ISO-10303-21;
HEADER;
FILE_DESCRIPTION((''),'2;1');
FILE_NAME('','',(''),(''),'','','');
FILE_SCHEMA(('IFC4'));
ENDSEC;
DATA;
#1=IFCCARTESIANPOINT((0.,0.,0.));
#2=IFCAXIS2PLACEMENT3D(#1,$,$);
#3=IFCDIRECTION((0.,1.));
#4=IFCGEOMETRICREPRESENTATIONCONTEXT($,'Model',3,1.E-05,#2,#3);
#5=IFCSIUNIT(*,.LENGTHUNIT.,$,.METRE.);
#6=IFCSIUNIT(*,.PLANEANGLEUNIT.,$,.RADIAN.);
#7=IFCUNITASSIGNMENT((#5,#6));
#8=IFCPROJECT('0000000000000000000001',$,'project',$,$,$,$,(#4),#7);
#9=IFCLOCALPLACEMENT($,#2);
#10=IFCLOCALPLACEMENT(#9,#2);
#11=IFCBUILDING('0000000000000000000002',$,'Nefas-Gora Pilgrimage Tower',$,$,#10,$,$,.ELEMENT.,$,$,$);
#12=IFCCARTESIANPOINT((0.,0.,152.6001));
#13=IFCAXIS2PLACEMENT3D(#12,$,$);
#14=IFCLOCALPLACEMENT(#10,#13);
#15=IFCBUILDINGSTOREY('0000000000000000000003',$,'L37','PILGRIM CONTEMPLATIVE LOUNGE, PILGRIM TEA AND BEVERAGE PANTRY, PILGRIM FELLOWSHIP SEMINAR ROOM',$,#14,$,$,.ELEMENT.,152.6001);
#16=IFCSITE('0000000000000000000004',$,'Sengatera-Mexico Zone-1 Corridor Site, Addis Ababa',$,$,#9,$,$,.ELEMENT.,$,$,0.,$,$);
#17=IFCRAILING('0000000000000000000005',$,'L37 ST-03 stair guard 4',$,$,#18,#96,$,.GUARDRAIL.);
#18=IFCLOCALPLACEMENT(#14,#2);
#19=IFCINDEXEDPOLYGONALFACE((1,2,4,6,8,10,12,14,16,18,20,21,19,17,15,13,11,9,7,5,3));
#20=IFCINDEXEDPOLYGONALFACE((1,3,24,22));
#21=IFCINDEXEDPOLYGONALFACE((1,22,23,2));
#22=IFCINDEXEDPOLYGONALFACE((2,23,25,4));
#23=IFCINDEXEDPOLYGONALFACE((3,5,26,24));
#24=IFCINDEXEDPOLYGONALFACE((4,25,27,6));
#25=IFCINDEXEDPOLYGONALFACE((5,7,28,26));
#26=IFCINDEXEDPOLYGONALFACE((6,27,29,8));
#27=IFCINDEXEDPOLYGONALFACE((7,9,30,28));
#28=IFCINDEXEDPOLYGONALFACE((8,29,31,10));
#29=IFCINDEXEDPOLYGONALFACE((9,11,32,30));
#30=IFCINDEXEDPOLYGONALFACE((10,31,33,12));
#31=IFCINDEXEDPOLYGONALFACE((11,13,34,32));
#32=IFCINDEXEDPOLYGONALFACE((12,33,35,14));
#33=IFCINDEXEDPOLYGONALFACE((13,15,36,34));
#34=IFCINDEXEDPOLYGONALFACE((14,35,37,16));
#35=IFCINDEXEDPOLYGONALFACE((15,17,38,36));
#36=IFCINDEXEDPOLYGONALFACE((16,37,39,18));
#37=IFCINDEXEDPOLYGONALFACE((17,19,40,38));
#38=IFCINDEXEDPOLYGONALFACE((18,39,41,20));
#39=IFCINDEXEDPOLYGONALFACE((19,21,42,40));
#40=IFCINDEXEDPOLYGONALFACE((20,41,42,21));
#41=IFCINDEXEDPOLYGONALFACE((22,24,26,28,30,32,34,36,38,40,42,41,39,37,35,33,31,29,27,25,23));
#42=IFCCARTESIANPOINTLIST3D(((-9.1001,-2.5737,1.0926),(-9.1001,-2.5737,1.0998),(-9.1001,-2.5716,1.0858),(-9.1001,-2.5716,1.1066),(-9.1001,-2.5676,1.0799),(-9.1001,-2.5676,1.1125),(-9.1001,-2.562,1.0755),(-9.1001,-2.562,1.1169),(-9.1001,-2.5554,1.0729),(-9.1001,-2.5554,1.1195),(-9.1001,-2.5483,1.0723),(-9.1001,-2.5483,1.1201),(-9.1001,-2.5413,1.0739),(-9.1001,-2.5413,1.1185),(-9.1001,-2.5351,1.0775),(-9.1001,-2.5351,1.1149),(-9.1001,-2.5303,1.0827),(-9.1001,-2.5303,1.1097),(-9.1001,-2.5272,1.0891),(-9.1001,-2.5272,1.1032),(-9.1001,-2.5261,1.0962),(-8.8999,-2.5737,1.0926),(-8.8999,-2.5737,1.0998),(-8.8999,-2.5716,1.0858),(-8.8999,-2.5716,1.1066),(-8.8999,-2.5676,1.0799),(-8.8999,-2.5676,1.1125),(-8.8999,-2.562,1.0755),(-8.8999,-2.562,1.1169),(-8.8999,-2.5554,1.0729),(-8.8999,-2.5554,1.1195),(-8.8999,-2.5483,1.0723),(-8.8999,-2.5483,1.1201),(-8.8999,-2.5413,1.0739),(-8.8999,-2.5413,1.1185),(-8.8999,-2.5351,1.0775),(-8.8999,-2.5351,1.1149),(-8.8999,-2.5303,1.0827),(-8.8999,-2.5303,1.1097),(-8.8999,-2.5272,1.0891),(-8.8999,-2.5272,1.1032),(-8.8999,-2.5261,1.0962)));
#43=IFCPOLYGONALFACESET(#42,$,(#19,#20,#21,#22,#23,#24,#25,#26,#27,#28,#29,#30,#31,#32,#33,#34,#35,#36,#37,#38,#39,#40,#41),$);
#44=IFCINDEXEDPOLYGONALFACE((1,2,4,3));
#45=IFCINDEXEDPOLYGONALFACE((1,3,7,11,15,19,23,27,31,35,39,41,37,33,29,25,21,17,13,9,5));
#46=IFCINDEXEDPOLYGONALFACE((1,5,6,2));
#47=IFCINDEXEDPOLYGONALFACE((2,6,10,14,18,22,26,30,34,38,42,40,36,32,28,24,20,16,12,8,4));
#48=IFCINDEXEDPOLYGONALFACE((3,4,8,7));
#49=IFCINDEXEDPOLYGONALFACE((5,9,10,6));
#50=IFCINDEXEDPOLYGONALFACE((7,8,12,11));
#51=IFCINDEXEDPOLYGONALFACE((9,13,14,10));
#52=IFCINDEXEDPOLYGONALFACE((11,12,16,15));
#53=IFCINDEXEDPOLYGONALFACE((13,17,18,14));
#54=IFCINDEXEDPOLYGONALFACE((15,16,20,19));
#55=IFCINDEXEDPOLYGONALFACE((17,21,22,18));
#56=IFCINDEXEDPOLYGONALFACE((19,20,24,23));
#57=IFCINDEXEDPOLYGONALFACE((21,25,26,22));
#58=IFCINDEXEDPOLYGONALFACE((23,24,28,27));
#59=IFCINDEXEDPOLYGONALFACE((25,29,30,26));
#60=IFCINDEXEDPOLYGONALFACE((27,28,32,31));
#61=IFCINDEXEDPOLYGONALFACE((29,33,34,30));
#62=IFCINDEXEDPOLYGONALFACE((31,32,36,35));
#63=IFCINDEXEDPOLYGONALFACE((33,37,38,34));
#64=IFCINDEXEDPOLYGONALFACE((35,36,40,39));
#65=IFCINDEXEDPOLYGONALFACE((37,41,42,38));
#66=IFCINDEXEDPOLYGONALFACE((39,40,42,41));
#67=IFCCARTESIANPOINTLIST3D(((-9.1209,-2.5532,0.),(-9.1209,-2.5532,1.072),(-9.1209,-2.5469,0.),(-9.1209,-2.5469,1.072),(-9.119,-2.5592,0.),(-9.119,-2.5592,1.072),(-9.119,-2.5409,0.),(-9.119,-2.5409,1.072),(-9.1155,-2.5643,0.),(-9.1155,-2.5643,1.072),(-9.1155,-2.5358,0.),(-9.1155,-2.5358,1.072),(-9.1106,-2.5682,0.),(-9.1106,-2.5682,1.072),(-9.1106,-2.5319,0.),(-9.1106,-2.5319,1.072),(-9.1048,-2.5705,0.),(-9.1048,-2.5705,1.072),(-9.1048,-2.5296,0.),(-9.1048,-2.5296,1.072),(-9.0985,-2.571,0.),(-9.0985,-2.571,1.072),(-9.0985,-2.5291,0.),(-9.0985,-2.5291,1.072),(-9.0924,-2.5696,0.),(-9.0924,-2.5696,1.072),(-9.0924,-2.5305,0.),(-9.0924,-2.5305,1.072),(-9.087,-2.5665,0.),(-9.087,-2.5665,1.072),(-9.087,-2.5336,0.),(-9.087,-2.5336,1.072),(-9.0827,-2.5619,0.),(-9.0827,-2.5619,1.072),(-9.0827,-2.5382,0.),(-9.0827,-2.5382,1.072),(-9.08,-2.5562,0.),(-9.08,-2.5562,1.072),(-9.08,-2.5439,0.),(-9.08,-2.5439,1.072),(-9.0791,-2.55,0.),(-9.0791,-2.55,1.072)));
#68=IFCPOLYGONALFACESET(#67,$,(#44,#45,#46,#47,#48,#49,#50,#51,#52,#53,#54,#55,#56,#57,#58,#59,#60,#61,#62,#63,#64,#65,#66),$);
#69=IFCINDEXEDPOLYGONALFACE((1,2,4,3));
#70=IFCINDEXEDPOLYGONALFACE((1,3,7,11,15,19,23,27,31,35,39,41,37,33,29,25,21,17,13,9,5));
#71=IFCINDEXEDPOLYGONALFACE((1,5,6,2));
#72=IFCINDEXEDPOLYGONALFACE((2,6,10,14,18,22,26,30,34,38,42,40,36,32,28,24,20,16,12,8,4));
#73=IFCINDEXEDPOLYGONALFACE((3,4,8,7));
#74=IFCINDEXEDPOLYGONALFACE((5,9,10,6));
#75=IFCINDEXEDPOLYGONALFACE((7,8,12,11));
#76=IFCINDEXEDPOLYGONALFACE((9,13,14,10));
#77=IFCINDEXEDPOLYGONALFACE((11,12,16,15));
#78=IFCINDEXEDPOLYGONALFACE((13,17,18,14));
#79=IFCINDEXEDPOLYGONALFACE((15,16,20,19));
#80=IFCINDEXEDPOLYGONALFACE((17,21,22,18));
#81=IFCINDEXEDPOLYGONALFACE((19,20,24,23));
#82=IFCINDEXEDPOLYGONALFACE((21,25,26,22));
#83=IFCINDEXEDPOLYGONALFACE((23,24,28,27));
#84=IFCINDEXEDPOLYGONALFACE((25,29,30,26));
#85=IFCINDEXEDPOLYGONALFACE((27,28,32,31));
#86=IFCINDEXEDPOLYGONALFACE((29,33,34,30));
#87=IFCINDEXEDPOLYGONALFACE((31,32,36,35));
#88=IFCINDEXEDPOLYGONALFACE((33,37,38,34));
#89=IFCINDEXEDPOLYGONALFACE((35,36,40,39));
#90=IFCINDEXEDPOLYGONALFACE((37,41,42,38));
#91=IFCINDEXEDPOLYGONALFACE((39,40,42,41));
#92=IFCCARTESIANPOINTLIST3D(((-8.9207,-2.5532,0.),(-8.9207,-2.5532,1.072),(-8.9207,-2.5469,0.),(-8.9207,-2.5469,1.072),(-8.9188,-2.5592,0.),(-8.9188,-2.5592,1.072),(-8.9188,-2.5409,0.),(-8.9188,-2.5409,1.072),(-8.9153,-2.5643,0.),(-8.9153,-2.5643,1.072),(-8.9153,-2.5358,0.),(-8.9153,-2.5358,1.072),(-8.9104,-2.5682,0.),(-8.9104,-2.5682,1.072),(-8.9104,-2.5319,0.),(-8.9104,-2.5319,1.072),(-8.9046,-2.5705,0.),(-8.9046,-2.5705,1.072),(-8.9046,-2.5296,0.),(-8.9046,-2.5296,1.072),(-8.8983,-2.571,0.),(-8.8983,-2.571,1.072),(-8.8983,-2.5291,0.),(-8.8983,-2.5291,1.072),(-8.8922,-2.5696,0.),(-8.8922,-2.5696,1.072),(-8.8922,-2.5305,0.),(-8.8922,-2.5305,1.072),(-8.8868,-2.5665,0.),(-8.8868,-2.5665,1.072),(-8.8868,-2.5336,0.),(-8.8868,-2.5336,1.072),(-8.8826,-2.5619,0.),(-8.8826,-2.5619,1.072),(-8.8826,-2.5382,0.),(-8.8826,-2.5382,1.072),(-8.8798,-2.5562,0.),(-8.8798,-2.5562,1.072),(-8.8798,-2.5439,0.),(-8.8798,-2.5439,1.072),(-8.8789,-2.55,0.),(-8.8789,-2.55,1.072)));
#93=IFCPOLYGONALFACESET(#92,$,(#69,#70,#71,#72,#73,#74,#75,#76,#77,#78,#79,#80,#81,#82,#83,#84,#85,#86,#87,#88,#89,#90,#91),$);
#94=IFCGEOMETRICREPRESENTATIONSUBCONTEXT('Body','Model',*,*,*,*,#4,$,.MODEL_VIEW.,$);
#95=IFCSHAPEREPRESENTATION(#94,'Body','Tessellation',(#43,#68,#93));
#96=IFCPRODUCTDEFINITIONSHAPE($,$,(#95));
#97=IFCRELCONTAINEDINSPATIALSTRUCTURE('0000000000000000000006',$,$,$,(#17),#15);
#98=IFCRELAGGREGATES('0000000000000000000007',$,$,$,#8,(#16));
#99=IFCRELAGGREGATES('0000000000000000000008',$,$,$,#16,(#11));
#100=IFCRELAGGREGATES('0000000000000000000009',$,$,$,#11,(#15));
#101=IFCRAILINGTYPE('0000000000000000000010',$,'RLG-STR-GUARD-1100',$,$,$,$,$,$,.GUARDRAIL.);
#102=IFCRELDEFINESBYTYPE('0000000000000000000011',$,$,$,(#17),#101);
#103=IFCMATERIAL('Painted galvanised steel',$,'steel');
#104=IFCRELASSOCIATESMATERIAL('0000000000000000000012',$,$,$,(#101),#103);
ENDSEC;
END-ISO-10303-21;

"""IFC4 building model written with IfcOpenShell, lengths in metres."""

from ifc_helpers import new_model, si_unit, direction, frame, origin, origin_2d, place, context, subcontext, project, spatial, circle, extrude, material, type_object, element, save


model = new_model("IFC4")

# Units and contexts
model_context = context("Model", 3, precision=1e-05, world=origin(), true_north=direction((0.0, 1.0)))
body_context = subcontext(model_context, "Body", "Model", "MODEL_VIEW")
ifc_project = project(units=[si_unit("LENGTHUNIT", "METRE"), si_unit("PLANEANGLEUNIT", "RADIAN")], contexts=[model_context])

# Site, building, storey
site_placement = place(None, origin())
site = spatial("IfcSite", under=ifc_project, at=site_placement, Name="Sengatera-Mexico Zone-1 Corridor Site, Addis Ababa", CompositionType="ELEMENT", RefElevation=0.0)
building_placement = place(site_placement, origin())
building = spatial("IfcBuilding", under=site, at=building_placement, Name="Nefas-Gora Pilgrimage Tower", CompositionType="ELEMENT")
storey_placement = place(building_placement, frame((0.0, 0.0, 152.6001)))
storey = spatial("IfcBuildingStorey", under=building, at=storey_placement, Name="L37", Description="PILGRIM CONTEMPLATIVE LOUNGE, PILGRIM TEA AND BEVERAGE PANTRY, PILGRIM FELLOWSHIP SEMINAR ROOM", CompositionType="ELEMENT", Elevation=152.6001)

# Railing
ifc_material_1 = material(Name="Painted galvanised steel", Category="steel")
railing_type_1 = type_object("IfcRailingType", Name="RLG-STR-GUARD-1100", PredefinedType="GUARDRAIL", material=ifc_material_1)
railing_1_placement = place(storey_placement, frame((-9.1001, -2.55, 0.0)))
element("IfcRailing", 1, at=railing_1_placement, inside=storey, type_object=railing_type_1, Name="L37 ST-03 stair guard 4", PredefinedType="GUARDRAIL", context=body_context, shape_type="SweptSolid", body=[
    extrude(circle(Radius=0.0239, at=origin_2d()), frame((0.0, 0.0, 1.0962), z_axis=(1.0, 0.0, 0.0), x_axis=(0.0, 1.0, 0.0)), (0.0, 0.0, 1.0), 0.2002),
    extrude(circle(Radius=0.021, at=origin_2d()), origin(), (0.0, 0.0, 1.0), 1.072),
    extrude(circle(Radius=0.021, at=origin_2d()), frame((0.2002, 0.0, 0.0)), (0.0, 0.0, 1.0), 1.072),
])

save(model, "model.ifc")
